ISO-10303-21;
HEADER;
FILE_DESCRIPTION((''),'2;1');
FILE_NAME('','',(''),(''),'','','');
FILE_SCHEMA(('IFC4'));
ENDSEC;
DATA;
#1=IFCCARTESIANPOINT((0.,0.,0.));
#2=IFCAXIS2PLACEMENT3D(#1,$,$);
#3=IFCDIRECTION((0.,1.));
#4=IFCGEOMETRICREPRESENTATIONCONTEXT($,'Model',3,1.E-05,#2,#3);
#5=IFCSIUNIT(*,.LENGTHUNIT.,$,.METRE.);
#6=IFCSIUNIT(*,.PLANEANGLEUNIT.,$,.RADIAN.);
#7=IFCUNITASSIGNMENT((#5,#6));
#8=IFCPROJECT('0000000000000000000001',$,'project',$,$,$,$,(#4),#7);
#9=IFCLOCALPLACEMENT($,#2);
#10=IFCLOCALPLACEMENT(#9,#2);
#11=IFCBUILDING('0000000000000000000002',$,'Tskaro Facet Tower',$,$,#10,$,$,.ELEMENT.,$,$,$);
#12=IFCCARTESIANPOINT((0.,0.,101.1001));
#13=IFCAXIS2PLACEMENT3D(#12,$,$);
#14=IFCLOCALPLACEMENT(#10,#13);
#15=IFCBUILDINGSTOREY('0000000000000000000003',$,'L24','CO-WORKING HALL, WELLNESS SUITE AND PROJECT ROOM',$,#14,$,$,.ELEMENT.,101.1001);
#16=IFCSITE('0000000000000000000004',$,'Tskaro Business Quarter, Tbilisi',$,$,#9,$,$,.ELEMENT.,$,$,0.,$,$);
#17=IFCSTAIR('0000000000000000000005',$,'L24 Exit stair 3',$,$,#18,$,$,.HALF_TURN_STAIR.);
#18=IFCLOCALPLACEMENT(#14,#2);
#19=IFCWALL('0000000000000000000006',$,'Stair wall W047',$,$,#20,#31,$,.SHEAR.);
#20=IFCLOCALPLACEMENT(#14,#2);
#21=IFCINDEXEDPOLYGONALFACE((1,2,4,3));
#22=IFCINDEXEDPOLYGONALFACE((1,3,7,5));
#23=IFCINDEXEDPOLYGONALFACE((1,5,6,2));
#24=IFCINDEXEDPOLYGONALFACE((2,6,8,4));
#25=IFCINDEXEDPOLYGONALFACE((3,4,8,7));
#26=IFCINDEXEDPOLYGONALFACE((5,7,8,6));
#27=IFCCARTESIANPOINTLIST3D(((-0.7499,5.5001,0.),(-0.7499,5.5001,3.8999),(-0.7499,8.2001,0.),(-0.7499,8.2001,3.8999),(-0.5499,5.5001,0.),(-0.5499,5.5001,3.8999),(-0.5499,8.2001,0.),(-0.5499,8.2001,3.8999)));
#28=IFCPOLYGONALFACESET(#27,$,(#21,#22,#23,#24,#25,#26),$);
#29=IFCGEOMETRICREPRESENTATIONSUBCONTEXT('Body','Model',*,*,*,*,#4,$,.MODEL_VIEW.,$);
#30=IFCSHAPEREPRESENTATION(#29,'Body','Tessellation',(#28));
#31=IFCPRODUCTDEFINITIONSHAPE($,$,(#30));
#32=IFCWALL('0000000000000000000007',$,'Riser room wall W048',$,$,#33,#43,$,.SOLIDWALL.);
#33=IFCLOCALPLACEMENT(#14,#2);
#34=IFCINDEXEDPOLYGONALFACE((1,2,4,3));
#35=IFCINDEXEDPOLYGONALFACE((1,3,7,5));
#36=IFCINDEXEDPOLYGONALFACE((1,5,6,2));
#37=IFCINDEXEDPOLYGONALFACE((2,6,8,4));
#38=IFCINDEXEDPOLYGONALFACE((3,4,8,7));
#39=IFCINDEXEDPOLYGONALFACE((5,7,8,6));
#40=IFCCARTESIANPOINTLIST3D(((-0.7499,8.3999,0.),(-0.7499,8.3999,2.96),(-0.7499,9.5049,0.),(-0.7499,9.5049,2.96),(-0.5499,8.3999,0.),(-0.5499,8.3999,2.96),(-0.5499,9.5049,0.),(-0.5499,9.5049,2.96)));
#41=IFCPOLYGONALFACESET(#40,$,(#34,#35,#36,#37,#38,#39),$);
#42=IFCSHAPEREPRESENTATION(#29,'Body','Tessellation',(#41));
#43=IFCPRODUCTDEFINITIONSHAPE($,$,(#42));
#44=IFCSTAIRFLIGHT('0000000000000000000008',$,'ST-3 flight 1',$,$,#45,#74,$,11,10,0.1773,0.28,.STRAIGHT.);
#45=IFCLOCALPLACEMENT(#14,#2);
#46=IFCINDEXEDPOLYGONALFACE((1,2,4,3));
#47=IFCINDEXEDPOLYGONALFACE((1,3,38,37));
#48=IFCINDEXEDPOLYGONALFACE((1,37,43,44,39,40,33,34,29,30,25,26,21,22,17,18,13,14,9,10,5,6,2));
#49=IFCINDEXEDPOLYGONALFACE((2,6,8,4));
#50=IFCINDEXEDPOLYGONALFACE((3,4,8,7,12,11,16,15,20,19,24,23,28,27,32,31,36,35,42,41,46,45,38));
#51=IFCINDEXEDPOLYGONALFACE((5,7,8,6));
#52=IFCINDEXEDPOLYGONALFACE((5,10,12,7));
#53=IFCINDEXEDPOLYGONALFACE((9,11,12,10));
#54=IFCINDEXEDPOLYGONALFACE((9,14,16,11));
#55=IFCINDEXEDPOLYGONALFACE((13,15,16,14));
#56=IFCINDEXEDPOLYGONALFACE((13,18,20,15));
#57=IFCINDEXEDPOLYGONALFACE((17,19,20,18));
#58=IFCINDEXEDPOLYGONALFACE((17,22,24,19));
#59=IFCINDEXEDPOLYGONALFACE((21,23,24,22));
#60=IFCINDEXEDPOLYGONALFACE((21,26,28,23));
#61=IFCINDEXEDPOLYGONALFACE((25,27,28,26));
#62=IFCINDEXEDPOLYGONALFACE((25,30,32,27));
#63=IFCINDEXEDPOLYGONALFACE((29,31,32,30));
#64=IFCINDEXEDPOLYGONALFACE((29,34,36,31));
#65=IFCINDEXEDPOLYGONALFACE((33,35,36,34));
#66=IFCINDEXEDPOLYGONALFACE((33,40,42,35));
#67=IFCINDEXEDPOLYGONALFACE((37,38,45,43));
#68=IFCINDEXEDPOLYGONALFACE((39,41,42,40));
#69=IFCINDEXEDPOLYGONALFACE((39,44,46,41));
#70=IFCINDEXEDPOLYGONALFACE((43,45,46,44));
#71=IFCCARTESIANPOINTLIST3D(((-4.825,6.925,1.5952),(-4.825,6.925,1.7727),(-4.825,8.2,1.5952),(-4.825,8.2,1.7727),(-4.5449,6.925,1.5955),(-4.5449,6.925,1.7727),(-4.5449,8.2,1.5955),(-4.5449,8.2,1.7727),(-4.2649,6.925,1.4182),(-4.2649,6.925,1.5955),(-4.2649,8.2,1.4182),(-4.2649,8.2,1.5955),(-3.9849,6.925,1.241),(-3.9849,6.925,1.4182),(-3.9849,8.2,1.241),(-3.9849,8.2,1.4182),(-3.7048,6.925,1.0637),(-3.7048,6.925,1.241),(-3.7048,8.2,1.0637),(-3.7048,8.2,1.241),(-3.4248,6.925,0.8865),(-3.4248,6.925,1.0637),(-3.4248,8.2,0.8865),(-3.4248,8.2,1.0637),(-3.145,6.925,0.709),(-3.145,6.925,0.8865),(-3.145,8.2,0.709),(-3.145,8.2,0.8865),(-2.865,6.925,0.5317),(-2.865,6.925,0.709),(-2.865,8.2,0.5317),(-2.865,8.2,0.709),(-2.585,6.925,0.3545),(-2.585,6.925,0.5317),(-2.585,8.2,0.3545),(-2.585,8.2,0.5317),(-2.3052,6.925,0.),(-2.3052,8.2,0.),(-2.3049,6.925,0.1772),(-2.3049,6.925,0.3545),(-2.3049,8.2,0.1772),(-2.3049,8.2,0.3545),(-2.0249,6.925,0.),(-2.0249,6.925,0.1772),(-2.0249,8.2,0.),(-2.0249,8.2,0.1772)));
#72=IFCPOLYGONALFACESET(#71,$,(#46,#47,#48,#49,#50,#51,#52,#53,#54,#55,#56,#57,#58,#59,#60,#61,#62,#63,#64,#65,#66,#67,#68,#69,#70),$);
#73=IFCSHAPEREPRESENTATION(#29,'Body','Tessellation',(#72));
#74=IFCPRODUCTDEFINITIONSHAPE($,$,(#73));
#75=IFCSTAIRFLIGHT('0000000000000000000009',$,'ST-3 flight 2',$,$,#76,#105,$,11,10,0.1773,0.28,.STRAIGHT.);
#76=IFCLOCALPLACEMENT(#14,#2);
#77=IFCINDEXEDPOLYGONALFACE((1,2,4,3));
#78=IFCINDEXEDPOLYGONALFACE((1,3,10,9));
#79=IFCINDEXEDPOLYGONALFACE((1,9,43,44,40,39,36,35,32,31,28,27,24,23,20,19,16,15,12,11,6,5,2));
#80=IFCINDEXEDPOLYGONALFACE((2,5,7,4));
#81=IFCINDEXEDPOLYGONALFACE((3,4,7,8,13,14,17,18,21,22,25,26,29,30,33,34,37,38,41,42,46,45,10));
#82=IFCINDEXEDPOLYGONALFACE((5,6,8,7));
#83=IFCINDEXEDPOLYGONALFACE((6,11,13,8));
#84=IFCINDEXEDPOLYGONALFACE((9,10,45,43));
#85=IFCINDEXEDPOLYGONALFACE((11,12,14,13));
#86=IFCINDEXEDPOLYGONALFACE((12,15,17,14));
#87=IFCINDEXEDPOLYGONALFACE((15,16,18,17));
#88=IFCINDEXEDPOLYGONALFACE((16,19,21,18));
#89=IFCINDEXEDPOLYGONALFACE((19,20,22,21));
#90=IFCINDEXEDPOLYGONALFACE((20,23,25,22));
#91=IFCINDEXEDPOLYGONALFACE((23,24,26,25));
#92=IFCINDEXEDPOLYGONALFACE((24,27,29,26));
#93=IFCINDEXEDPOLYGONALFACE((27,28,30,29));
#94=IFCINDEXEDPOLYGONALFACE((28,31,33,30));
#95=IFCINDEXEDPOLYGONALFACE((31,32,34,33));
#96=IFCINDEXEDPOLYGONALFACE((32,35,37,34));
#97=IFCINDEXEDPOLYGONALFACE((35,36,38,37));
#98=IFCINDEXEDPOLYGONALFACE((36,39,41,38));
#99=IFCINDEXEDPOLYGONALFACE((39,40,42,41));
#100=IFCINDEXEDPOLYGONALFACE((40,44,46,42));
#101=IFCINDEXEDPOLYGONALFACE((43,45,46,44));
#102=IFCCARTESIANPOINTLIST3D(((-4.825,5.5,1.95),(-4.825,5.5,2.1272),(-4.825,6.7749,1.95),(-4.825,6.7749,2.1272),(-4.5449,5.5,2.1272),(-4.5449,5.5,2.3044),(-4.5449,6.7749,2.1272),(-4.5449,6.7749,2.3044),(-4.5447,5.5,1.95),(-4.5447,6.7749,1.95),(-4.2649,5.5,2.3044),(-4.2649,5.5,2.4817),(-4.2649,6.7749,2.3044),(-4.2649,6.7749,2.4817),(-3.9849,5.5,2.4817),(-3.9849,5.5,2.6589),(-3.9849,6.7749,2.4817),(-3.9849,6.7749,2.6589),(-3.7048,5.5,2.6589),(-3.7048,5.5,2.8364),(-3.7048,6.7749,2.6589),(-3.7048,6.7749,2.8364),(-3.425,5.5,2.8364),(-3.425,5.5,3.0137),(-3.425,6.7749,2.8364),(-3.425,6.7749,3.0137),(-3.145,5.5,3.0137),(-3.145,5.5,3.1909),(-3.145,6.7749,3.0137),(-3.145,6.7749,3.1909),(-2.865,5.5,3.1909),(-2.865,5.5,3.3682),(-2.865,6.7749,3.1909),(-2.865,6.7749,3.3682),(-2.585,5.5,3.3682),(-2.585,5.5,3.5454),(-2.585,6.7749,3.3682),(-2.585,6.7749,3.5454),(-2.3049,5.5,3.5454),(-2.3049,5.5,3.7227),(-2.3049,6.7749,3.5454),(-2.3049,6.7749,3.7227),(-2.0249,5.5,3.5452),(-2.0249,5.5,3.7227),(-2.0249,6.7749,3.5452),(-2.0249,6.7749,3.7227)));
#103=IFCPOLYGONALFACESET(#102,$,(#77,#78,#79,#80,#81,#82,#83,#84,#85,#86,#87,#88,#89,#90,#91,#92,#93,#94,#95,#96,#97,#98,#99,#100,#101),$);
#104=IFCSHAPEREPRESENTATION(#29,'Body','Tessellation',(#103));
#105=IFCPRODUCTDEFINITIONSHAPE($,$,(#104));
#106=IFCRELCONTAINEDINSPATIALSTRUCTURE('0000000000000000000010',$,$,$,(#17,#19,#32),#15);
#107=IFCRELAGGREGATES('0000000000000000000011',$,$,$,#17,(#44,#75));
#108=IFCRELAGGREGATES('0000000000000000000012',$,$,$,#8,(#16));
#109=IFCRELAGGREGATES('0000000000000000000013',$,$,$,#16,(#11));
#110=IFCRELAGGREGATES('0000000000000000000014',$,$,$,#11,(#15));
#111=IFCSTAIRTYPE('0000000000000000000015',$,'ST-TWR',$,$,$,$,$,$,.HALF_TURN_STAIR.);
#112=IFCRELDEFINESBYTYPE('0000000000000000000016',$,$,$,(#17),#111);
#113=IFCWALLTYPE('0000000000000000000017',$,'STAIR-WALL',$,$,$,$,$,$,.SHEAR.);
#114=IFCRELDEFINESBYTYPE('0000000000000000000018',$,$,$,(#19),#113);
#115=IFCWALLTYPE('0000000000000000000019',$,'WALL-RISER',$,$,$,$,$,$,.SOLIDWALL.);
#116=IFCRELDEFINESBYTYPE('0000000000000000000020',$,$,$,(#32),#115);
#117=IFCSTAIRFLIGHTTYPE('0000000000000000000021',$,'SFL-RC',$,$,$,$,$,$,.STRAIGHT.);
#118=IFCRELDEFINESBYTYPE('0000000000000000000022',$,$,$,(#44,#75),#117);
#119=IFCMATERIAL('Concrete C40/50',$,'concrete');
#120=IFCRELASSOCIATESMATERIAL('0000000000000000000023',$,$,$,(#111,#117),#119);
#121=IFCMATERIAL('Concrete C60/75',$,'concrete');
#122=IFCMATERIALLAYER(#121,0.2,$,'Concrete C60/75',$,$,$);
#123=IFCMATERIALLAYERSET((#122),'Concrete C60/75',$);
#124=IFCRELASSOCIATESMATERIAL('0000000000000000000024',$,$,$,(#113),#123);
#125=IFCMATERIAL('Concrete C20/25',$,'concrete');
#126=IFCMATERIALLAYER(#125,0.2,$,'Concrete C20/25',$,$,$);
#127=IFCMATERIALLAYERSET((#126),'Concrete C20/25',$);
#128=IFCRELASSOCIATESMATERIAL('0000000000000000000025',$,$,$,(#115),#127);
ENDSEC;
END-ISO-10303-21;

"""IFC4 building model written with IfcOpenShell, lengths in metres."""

from ifc_helpers import new_model, si_unit, direction, frame, frame_2d, origin, place, context, subcontext, project, spatial, polyline, rectangle, outline, extrude, material, layer, layer_set, type_object, element, aggregate, save


model = new_model("IFC4")

# Units and contexts
model_context = context("Model", 3, precision=1e-05, world=origin(), true_north=direction((0.0, 1.0)))
body_context = subcontext(model_context, "Body", "Model", "MODEL_VIEW")
ifc_project = project(units=[si_unit("LENGTHUNIT", "METRE"), si_unit("PLANEANGLEUNIT", "RADIAN")], contexts=[model_context])

# Site, building, storey
site_placement = place(None, origin())
site = spatial("IfcSite", under=ifc_project, at=site_placement, Name="Tskaro Business Quarter, Tbilisi", CompositionType="ELEMENT", RefElevation=0.0)
building_placement = place(site_placement, origin())
building = spatial("IfcBuilding", under=site, at=building_placement, Name="Tskaro Facet Tower", CompositionType="ELEMENT")
storey_placement = place(building_placement, frame((0.0, 0.0, 101.1001)))
storey = spatial("IfcBuildingStorey", under=building, at=storey_placement, Name="L24", Description="CO-WORKING HALL, WELLNESS SUITE AND PROJECT ROOM", CompositionType="ELEMENT", Elevation=101.1001)

# Stair
ifc_material_1 = material(Name="Concrete C40/50", Category="concrete")
stair_type = type_object("IfcStairType", Name="ST-TWR", PredefinedType="HALF_TURN_STAIR", material=ifc_material_1)
stair_1_placement = place(storey_placement, origin())
stair_1 = element("IfcStair", 1, at=stair_1_placement, inside=storey, type_object=stair_type, Name="L24 Exit stair 3", PredefinedType="HALF_TURN_STAIR")

# Shared definitions
ifc_material_2 = material(Name="Concrete C20/25", Category="concrete")

# Shared definitions
ifc_material_3 = material(Name="Concrete C60/75", Category="concrete")
ifc_layer_1 = layer(ifc_material_3, 0.2, Name="Concrete C60/75")
ifc_layer_set_1 = layer_set([ifc_layer_1], Name="Concrete C60/75")
wall_type_1 = type_object("IfcWallType", Name="STAIR-WALL", PredefinedType="SHEAR", material=ifc_layer_set_1)

# Walls
for number, where, z_axis, x_axis, name in (
    (2, (-0.6499, 5.5, 0.0), (0.0, 0.0, 1.0), (0.0, 1.0, 0.0), "Stair wall W047"),
):
    element("IfcWall", number, at=place(storey_placement, frame(where, z_axis=z_axis, x_axis=x_axis)), inside=storey, type_object=wall_type_1, Name=name, PredefinedType="SHEAR", context=body_context, shape_type="SweptSolid", body=[
        extrude(rectangle(XDim=2.7, YDim=0.2, at=frame_2d((1.3501, 0.0))), origin(), (0.0, 0.0, 1.0), 3.8999),
    ])
ifc_layer_2 = layer(ifc_material_2, 0.2, Name="Concrete C20/25")
ifc_layer_set_2 = layer_set([ifc_layer_2], Name="Concrete C20/25")
wall_type_2 = type_object("IfcWallType", Name="WALL-RISER", PredefinedType="SOLIDWALL", material=ifc_layer_set_2)
wall_1_placement = place(storey_placement, frame((-0.6499, 8.3999, 0.0), z_axis=(0.0, 0.0, 1.0), x_axis=(0.0, 1.0, 0.0)))
element("IfcWall", 3, at=wall_1_placement, inside=storey, type_object=wall_type_2, Name="Riser room wall W048", PredefinedType="SOLIDWALL", context=body_context, shape_type="SweptSolid", body=[
    extrude(rectangle(XDim=1.105, YDim=0.2, at=frame_2d((0.5525, 0.0))), origin(), (0.0, 0.0, 1.0), 2.96),
])

# Stair flights
stair_flight_type = type_object("IfcStairFlightType", Name="SFL-RC", PredefinedType="STRAIGHT", material=ifc_material_1)
stair_flight_1_placement = place(storey_placement, frame((-2.0249, 7.5625, 0.0), z_axis=(0.0, 0.0, 1.0), x_axis=(-1.0, 0.0, 0.0)))
stair_flight_1 = element("IfcStairFlight", 4, at=stair_flight_1_placement, type_object=stair_flight_type, Name="ST-3 flight 1", NumberOfRisers=11, NumberOfTreads=10, PredefinedType="STRAIGHT", RiserHeight=0.1773, TreadLength=0.28, context=body_context, shape_type="SweptSolid", body=[
    extrude(outline(polyline([(0.0, 0.0), (0.0, 0.1772), (0.28, 0.1772), (0.28, 0.3545), (0.5601, 0.3545), (0.5601, 0.5317), (0.8401, 0.5317), (0.8401, 0.709), (1.1201, 0.709), (1.1201, 0.8865), (1.3999, 0.8865), (1.3999, 1.0637), (1.6799, 1.0637), (1.6799, 1.241), (1.96, 1.241), (1.96, 1.4182), (2.24, 1.4182), (2.24, 1.5955), (2.52, 1.5955), (2.52, 1.7727), (2.8, 1.7727), (2.8, 1.95), (2.8, 1.5952), (0.2803, 0.0), (0.0, 0.0)])), frame((0.0, 0.6375, 0.0), z_axis=(0.0, -1.0, 0.0), x_axis=(1.0, 0.0, 0.0)), (0.0, 0.0, 1.0), 1.2749),
])
stair_flight_2_placement = place(storey_placement, frame((-4.825, 6.1375, 1.95), z_axis=(0.0, 0.0, 1.0), x_axis=(1.0, 0.0, 0.0)))
stair_flight_2 = element("IfcStairFlight", 5, at=stair_flight_2_placement, type_object=stair_flight_type, Name="ST-3 flight 2", NumberOfRisers=11, NumberOfTreads=10, PredefinedType="STRAIGHT", RiserHeight=0.1773, TreadLength=0.28, context=body_context, shape_type="SweptSolid", body=[
    extrude(outline(polyline([(0.0, 0.0), (0.0, 0.1772), (0.28, 0.1772), (0.28, 0.3545), (0.5601, 0.3545), (0.5601, 0.5317), (0.8401, 0.5317), (0.8401, 0.709), (1.1201, 0.709), (1.1201, 0.8865), (1.3999, 0.8865), (1.3999, 1.0637), (1.6799, 1.0637), (1.6799, 1.241), (1.96, 1.241), (1.96, 1.4182), (2.24, 1.4182), (2.24, 1.5955), (2.52, 1.5955), (2.52, 1.7727), (2.8, 1.7727), (2.8, 1.95), (2.8, 1.5952), (0.2803, 0.0), (0.0, 0.0)])), frame((0.0, 0.6375, 0.0), z_axis=(0.0, -1.0, 0.0), x_axis=(1.0, 0.0, 0.0)), (0.0, 0.0, 1.0), 1.2749),
])
aggregate(stair_1, [stair_flight_1, stair_flight_2])

save(model, "model.ifc")
